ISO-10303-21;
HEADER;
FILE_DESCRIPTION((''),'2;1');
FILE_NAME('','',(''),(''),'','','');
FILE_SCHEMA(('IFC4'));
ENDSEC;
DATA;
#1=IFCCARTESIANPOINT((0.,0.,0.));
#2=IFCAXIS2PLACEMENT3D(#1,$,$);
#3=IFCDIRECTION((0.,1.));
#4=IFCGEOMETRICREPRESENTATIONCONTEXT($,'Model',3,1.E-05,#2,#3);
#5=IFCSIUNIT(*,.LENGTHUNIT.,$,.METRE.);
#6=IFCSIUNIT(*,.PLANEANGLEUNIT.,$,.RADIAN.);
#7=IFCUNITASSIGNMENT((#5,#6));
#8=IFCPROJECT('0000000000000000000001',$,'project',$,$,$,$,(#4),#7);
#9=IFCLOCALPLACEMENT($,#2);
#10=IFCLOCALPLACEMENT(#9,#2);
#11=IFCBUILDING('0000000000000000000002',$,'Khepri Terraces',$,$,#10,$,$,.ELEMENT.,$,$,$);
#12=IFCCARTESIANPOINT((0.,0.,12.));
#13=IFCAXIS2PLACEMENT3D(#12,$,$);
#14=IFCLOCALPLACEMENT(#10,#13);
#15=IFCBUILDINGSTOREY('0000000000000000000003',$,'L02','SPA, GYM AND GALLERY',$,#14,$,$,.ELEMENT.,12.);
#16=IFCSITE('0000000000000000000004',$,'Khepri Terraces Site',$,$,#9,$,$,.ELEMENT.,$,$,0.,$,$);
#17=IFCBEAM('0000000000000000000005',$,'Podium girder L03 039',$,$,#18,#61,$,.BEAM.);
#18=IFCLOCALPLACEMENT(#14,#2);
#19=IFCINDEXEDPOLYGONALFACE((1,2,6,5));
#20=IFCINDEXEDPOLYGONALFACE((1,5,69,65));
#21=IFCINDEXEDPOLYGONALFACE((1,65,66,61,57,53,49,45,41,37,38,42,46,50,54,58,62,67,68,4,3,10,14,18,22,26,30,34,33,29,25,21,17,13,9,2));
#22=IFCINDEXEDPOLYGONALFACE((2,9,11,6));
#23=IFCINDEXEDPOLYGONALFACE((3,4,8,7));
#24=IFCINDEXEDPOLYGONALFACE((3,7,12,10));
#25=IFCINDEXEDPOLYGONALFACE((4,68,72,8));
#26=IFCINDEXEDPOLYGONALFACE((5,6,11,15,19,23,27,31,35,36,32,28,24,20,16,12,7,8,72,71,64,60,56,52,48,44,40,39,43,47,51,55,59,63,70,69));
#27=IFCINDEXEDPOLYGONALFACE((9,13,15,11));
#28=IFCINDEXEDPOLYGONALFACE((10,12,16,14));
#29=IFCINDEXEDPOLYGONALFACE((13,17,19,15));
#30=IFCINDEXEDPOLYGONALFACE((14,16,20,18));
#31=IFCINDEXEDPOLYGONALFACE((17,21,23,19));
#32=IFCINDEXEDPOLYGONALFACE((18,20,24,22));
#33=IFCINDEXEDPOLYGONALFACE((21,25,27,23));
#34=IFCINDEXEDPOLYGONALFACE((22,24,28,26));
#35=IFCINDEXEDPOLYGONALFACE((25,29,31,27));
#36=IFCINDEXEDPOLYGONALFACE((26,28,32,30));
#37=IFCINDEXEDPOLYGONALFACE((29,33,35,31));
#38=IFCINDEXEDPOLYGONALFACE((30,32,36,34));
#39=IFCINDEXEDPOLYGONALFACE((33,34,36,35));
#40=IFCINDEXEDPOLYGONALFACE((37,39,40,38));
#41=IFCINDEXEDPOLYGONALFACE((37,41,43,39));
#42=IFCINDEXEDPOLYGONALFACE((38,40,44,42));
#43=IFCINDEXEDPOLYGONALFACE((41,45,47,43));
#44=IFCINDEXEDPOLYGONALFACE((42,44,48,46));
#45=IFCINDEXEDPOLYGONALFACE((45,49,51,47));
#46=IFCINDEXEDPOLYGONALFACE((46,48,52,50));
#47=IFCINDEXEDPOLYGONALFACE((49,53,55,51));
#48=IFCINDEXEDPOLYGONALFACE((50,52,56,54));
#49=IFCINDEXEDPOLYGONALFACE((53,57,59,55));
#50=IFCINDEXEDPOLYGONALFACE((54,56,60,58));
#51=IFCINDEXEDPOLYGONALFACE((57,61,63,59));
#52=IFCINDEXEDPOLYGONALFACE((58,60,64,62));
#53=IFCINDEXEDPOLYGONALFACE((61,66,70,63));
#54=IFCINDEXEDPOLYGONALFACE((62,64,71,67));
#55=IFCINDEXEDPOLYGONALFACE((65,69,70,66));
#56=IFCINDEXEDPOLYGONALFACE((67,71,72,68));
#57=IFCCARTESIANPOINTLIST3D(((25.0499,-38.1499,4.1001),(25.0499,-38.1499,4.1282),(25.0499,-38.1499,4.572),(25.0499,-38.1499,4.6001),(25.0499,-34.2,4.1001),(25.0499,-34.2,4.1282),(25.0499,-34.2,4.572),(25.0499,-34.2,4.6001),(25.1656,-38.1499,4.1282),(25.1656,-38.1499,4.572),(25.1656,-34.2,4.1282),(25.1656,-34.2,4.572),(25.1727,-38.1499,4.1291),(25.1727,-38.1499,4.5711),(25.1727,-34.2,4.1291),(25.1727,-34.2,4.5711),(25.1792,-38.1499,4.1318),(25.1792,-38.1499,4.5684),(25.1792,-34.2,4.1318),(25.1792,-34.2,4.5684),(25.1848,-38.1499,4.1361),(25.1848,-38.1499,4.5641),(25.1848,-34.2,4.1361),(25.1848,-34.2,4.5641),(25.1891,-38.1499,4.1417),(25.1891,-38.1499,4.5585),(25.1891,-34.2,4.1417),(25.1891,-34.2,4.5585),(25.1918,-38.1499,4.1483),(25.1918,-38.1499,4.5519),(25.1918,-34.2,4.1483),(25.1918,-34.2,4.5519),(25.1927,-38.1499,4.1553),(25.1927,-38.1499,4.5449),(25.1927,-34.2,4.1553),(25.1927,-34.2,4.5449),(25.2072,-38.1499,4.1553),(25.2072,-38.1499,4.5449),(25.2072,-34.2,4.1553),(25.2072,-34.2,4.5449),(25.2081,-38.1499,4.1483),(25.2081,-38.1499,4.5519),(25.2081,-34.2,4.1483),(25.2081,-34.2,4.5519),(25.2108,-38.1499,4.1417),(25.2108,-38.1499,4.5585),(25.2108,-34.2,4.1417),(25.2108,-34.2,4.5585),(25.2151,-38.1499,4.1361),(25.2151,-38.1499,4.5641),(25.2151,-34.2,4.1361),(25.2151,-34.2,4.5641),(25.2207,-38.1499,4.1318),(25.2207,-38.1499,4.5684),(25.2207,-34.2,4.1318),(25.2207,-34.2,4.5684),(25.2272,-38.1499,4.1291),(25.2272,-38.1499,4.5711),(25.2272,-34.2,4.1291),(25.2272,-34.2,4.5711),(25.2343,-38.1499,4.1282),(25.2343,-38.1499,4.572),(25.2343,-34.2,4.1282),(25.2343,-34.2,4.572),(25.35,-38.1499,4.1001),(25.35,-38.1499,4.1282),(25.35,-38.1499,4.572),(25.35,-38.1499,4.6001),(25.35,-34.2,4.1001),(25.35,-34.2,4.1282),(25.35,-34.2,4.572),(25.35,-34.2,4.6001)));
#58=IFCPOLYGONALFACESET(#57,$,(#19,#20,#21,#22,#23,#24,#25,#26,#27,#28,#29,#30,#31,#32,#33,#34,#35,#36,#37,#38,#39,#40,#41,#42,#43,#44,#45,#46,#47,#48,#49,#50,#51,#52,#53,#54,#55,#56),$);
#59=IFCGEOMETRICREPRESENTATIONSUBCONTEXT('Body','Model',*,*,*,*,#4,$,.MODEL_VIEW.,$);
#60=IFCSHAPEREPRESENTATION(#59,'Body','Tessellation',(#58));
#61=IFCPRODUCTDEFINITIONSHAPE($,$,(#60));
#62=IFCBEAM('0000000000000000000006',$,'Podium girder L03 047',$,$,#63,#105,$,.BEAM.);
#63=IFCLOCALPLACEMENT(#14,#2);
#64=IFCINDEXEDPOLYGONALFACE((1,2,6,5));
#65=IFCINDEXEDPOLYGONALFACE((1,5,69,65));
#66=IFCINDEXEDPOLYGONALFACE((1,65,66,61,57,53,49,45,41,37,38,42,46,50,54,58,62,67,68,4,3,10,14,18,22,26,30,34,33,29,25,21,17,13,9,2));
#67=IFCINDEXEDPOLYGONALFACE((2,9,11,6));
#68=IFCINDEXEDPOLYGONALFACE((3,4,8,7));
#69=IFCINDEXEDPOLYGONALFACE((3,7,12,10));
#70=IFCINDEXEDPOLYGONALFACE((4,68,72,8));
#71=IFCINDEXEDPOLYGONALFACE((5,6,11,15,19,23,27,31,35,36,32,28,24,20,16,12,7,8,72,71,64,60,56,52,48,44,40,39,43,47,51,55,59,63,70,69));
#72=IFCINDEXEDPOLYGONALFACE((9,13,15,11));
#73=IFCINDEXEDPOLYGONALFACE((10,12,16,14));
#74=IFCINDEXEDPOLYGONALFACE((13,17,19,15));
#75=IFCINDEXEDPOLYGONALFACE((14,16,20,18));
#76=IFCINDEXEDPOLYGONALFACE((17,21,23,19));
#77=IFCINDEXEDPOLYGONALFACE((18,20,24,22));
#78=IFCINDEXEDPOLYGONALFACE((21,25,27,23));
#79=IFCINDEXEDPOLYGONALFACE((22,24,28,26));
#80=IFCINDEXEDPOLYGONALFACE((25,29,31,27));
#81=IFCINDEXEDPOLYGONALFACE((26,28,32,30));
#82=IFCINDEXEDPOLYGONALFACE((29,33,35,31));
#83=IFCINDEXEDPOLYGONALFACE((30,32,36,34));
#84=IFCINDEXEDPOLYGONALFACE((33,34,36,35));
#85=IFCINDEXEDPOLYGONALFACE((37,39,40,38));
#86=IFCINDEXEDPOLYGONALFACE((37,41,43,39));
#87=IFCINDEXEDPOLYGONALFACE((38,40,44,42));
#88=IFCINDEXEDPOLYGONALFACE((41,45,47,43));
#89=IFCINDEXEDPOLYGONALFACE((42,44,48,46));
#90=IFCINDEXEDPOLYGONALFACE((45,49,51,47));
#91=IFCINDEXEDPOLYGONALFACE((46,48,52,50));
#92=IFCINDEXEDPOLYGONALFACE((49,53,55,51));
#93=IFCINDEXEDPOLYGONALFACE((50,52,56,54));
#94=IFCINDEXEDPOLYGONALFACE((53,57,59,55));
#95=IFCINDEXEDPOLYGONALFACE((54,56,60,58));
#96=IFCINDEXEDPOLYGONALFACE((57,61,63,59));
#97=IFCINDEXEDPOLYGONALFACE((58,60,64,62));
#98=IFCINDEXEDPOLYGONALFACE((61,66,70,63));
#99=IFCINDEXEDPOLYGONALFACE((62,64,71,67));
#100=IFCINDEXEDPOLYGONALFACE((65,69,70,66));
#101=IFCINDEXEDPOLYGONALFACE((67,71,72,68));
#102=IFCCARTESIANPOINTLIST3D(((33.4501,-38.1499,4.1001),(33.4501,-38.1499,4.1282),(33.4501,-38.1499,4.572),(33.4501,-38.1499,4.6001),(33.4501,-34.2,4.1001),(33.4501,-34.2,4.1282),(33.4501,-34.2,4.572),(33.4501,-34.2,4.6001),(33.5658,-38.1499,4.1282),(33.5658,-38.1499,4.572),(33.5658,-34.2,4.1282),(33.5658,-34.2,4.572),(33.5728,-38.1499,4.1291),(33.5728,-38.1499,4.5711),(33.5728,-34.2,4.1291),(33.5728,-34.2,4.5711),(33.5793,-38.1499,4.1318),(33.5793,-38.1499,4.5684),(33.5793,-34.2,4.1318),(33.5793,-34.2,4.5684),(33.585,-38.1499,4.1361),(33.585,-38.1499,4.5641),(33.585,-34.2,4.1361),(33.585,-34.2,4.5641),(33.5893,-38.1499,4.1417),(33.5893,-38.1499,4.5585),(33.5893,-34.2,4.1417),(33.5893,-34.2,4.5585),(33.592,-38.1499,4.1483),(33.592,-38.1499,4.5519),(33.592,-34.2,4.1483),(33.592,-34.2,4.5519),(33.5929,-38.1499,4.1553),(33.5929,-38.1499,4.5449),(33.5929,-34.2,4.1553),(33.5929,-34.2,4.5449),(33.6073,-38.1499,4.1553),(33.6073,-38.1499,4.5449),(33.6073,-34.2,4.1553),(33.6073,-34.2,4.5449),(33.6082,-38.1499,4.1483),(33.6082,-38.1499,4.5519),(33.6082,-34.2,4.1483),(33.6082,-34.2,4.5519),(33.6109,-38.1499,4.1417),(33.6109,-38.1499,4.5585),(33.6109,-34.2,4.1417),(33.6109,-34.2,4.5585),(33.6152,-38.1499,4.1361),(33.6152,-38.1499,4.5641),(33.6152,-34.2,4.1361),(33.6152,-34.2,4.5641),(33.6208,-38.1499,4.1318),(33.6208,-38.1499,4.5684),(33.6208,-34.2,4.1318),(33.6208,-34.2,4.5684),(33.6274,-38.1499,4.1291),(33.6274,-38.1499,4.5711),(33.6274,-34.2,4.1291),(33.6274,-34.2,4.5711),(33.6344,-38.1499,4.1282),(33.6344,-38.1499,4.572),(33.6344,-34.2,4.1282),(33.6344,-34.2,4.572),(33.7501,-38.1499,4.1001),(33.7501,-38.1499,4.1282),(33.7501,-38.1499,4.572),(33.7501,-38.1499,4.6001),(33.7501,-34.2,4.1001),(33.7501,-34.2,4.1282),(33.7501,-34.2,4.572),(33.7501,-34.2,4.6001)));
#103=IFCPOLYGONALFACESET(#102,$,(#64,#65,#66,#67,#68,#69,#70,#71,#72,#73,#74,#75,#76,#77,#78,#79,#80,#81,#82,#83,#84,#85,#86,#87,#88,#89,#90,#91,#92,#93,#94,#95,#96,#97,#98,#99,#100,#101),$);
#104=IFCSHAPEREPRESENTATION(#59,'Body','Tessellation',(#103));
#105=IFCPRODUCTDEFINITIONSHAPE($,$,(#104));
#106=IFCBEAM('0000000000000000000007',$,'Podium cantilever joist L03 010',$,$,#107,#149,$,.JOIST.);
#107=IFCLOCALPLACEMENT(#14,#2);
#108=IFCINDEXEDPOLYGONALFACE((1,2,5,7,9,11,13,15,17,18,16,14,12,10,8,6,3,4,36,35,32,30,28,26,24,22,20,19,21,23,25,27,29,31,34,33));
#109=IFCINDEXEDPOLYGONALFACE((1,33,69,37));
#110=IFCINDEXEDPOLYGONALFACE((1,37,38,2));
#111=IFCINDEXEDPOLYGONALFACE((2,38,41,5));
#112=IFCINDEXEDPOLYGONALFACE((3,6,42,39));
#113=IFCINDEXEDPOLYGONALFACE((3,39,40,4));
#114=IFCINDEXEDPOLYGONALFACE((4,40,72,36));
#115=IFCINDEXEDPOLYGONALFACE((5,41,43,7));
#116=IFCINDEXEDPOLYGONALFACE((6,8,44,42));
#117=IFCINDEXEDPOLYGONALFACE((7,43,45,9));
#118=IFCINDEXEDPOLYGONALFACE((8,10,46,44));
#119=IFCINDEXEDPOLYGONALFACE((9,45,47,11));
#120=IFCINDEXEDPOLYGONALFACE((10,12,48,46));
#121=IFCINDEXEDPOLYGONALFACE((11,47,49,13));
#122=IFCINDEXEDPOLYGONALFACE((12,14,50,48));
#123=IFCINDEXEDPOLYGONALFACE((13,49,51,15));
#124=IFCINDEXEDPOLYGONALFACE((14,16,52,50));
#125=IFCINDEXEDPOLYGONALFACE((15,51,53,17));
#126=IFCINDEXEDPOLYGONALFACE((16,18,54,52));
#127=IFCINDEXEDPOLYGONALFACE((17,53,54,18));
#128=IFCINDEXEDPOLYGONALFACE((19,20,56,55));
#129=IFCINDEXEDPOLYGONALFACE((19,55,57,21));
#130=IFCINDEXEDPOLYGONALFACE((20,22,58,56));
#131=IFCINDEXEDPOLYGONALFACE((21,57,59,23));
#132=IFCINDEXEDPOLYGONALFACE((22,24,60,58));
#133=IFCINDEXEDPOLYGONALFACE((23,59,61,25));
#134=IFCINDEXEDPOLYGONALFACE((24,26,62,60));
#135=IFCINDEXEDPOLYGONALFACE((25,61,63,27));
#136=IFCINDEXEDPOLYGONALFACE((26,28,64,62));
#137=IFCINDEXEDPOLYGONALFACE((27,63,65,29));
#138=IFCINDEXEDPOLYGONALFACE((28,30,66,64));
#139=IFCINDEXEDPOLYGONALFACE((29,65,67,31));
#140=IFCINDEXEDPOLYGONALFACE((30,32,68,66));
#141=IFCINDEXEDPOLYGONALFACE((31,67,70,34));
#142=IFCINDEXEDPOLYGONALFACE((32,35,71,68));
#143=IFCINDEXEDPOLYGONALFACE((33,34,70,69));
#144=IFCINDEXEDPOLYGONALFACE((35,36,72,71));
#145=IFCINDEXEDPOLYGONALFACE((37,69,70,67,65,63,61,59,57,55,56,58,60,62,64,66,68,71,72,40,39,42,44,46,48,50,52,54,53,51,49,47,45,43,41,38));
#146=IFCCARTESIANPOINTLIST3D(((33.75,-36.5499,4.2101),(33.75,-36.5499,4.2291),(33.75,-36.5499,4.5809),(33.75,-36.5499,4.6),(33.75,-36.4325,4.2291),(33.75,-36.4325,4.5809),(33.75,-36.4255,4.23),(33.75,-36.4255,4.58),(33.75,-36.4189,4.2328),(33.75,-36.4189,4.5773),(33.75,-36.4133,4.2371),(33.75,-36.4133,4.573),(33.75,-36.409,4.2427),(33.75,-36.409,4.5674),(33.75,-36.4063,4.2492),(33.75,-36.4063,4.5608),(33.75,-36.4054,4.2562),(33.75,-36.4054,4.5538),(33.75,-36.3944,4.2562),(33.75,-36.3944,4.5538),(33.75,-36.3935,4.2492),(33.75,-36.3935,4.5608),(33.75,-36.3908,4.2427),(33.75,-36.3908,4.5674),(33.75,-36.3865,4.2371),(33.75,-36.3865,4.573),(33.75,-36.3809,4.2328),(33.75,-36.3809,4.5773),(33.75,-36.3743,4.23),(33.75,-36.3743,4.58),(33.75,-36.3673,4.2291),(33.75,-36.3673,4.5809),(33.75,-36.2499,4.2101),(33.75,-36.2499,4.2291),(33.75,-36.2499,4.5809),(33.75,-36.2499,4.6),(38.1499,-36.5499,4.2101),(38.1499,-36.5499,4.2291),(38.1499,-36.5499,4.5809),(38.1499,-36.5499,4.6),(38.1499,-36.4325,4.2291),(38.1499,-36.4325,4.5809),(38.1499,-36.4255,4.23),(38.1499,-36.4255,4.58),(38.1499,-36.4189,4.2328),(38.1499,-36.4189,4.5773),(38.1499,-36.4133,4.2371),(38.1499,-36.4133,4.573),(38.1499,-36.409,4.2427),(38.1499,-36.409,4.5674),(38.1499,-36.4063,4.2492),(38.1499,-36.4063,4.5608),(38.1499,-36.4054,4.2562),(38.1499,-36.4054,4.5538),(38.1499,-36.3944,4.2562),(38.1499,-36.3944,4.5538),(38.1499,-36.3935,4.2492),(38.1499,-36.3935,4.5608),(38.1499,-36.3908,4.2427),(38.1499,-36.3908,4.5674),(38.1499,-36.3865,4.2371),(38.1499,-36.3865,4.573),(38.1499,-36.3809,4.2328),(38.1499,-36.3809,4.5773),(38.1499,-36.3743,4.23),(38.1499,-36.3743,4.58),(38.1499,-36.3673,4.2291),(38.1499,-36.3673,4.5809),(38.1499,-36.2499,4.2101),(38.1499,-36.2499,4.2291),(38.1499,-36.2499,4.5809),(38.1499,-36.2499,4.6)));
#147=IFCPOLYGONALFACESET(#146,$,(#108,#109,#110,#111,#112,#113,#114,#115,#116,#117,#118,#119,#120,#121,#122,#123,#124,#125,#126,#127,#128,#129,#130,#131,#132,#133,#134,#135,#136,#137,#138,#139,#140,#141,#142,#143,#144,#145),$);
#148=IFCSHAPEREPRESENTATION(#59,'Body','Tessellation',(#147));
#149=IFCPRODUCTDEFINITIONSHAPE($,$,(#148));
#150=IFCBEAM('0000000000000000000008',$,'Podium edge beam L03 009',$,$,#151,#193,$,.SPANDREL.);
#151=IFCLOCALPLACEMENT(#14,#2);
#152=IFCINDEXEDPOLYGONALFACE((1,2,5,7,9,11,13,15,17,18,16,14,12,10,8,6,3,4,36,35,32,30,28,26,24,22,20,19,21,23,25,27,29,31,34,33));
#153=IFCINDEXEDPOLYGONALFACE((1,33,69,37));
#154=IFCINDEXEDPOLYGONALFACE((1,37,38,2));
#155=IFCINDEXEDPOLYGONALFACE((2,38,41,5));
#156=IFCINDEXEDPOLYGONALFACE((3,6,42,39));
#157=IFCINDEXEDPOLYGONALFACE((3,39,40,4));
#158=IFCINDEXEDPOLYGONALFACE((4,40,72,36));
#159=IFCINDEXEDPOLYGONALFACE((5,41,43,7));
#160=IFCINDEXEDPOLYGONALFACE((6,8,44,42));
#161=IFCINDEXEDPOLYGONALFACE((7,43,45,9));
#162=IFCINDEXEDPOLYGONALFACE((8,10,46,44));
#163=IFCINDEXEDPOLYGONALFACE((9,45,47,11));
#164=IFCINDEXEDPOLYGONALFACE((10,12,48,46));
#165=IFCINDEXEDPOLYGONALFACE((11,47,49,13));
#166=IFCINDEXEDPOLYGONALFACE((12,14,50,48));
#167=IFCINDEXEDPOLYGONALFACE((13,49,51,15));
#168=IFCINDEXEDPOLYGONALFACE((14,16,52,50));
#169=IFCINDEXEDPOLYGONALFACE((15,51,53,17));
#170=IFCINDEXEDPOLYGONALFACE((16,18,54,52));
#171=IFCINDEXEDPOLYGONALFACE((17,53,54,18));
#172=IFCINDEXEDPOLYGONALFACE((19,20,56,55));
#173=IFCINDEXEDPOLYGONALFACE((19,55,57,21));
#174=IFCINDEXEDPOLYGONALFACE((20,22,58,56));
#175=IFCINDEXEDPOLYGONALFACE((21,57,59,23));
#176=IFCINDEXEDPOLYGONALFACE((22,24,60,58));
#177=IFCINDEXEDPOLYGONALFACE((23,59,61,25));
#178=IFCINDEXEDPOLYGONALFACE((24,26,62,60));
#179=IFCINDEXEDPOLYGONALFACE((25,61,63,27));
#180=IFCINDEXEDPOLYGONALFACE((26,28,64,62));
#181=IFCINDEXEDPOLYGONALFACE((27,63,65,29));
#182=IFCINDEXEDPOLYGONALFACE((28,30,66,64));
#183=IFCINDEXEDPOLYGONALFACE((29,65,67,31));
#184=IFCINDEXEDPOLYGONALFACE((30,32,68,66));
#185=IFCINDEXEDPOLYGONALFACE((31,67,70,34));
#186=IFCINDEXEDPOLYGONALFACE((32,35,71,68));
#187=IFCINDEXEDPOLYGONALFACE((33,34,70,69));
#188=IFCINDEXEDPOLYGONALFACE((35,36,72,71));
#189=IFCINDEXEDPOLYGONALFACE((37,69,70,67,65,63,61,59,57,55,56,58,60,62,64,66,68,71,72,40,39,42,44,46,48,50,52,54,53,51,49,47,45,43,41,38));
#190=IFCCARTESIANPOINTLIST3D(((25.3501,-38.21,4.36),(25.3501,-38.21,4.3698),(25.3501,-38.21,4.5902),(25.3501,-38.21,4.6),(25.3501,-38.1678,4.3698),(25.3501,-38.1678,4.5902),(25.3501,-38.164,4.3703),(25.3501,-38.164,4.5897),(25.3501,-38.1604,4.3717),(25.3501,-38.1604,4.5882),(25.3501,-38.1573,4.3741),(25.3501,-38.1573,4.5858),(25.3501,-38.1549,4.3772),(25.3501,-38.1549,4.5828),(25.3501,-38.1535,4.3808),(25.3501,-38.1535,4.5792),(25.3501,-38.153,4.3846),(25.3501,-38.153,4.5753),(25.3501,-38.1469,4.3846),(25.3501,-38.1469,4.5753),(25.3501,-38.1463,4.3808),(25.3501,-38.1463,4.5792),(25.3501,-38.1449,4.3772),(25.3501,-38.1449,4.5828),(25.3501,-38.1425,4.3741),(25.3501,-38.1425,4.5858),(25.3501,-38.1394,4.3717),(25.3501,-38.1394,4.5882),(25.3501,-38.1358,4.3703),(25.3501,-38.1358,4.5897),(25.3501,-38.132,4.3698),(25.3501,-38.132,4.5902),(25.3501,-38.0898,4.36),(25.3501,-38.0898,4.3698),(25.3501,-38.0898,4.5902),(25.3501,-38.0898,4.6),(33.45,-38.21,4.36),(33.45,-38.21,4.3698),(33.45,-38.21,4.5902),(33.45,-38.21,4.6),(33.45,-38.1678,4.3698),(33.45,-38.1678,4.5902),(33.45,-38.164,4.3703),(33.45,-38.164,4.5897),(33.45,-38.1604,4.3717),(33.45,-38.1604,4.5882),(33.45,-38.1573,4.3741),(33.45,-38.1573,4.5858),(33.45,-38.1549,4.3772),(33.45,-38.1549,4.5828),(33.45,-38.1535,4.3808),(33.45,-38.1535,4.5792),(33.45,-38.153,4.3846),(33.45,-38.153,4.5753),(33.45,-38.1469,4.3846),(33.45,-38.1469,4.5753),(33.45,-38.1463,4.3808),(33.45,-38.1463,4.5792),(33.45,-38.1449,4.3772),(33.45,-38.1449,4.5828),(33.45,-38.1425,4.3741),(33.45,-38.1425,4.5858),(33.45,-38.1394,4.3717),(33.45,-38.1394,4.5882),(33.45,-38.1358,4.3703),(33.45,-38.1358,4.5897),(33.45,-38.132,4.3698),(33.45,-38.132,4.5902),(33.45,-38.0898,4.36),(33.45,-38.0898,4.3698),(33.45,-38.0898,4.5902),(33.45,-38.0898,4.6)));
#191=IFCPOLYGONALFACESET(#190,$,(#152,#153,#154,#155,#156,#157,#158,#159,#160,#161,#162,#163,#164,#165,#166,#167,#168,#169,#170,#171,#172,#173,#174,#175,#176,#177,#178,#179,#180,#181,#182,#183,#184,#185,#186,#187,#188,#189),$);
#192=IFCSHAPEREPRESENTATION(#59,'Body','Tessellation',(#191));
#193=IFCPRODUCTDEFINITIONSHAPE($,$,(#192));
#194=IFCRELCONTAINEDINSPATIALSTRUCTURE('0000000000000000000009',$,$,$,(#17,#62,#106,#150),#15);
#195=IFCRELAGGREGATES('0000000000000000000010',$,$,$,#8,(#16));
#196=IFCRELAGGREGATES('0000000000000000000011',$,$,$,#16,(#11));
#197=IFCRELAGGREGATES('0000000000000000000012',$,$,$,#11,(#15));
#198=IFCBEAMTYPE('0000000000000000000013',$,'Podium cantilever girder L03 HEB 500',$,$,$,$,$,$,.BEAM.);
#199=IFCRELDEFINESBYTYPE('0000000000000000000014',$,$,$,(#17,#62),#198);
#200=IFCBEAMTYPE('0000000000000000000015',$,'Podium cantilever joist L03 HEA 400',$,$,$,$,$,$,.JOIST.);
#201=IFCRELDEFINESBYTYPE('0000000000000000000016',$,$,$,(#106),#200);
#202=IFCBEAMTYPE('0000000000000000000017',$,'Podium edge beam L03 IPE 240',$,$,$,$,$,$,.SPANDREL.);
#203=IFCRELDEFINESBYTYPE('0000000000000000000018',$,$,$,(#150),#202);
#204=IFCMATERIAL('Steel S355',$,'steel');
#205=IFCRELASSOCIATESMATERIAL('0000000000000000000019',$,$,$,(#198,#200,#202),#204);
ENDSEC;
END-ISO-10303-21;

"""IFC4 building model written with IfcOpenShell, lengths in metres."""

from ifc_helpers import new_model, si_unit, direction, frame, origin, origin_2d, place, context, subcontext, project, spatial, i_section, extrude, material, material_profile, profile_set, type_object, element, save


model = new_model("IFC4")

# Units and contexts
model_context = context("Model", 3, precision=1e-05, world=origin(), true_north=direction((0.0, 1.0)))
body_context = subcontext(model_context, "Body", "Model", "MODEL_VIEW")
ifc_project = project(units=[si_unit("LENGTHUNIT", "METRE"), si_unit("PLANEANGLEUNIT", "RADIAN")], contexts=[model_context])

# Site, building, storey
site_placement = place(None, origin())
site = spatial("IfcSite", under=ifc_project, at=site_placement, Name="Khepri Terraces Site", CompositionType="ELEMENT", RefElevation=0.0)
building_placement = place(site_placement, origin())
building = spatial("IfcBuilding", under=site, at=building_placement, Name="Khepri Terraces", CompositionType="ELEMENT")
storey_placement = place(building_placement, frame((0.0, 0.0, 12.0)))
storey = spatial("IfcBuildingStorey", under=building, at=storey_placement, Name="L02", Description="SPA, GYM AND GALLERY", CompositionType="ELEMENT", Elevation=12.0)

# Beams
ifc_material_1 = material(Name="Steel S355", Category="steel")
ifc_material_profile_1 = material_profile(ifc_material_1, i_section(OverallWidth=0.3, OverallDepth=0.5, WebThickness=0.0144, FlangeThickness=0.0281, FilletRadius=0.0271, at=origin_2d()), Name="Steel S355", Category="steel")
ifc_profile_set_1 = profile_set([ifc_material_profile_1], Name="Steel S355")
beam_type_1 = type_object("IfcBeamType", Name="Podium cantilever girder L03 HEB 500", PredefinedType="BEAM", material=ifc_profile_set_1)
for number, where, z_axis, x_axis, name in (
    (1, (25.2, -38.1499, 4.3501), (0.0, 1.0, 0.0), (-1.0, 0.0, 0.0), "Podium girder L03 039"),
    (2, (33.6001, -38.1499, 4.3501), (0.0, 1.0, 0.0), (-1.0, 0.0, 0.0), "Podium girder L03 047"),
):
    element("IfcBeam", number, at=place(storey_placement, frame(where, z_axis=z_axis, x_axis=x_axis)), inside=storey, type_object=beam_type_1, Name=name, PredefinedType="BEAM", context=body_context, shape_type="SweptSolid", body=[
        extrude(i_section(OverallWidth=0.3, OverallDepth=0.5, WebThickness=0.0144, FlangeThickness=0.0281, FilletRadius=0.0271, at=origin_2d()), origin(), (0.0, 0.0, 1.0), 3.95),
    ])
ifc_material_profile_2 = material_profile(ifc_material_1, i_section(OverallWidth=0.3, OverallDepth=0.3899, WebThickness=0.011, FlangeThickness=0.019, FilletRadius=0.0271, at=origin_2d()), Name="Steel S355", Category="steel")
ifc_profile_set_2 = profile_set([ifc_material_profile_2], Name="Steel S355")
beam_type_2 = type_object("IfcBeamType", Name="Podium cantilever joist L03 HEA 400", PredefinedType="JOIST", material=ifc_profile_set_2)
beam_1_placement = place(storey_placement, frame((33.75, -36.3999, 4.405), z_axis=(1.0, 0.0, 0.0), x_axis=(0.0, 1.0, 0.0)))
element("IfcBeam", 3, at=beam_1_placement, inside=storey, type_object=beam_type_2, Name="Podium cantilever joist L03 010", PredefinedType="JOIST", context=body_context, shape_type="SweptSolid", body=[
    extrude(i_section(OverallWidth=0.3, OverallDepth=0.3899, WebThickness=0.011, FlangeThickness=0.019, FilletRadius=0.0271, at=origin_2d()), origin(), (0.0, 0.0, 1.0), 4.3999),
])
ifc_material_profile_3 = material_profile(ifc_material_1, i_section(OverallWidth=0.1201, OverallDepth=0.24, WebThickness=0.0061, FlangeThickness=0.0098, FilletRadius=0.0149, at=origin_2d()), Name="Steel S355", Category="steel")
ifc_profile_set_3 = profile_set([ifc_material_profile_3], Name="Steel S355")
beam_type_3 = type_object("IfcBeamType", Name="Podium edge beam L03 IPE 240", PredefinedType="SPANDREL", material=ifc_profile_set_3)
beam_2_placement = place(storey_placement, frame((25.3501, -38.1499, 4.48), z_axis=(1.0, 0.0, 0.0), x_axis=(0.0, 1.0, 0.0)))
element("IfcBeam", 4, at=beam_2_placement, inside=storey, type_object=beam_type_3, Name="Podium edge beam L03 009", PredefinedType="SPANDREL", context=body_context, shape_type="SweptSolid", body=[
    extrude(i_section(OverallWidth=0.1201, OverallDepth=0.24, WebThickness=0.0061, FlangeThickness=0.0098, FilletRadius=0.0149, at=origin_2d()), origin(), (0.0, 0.0, 1.0), 8.0999),
])

save(model, "model.ifc")
